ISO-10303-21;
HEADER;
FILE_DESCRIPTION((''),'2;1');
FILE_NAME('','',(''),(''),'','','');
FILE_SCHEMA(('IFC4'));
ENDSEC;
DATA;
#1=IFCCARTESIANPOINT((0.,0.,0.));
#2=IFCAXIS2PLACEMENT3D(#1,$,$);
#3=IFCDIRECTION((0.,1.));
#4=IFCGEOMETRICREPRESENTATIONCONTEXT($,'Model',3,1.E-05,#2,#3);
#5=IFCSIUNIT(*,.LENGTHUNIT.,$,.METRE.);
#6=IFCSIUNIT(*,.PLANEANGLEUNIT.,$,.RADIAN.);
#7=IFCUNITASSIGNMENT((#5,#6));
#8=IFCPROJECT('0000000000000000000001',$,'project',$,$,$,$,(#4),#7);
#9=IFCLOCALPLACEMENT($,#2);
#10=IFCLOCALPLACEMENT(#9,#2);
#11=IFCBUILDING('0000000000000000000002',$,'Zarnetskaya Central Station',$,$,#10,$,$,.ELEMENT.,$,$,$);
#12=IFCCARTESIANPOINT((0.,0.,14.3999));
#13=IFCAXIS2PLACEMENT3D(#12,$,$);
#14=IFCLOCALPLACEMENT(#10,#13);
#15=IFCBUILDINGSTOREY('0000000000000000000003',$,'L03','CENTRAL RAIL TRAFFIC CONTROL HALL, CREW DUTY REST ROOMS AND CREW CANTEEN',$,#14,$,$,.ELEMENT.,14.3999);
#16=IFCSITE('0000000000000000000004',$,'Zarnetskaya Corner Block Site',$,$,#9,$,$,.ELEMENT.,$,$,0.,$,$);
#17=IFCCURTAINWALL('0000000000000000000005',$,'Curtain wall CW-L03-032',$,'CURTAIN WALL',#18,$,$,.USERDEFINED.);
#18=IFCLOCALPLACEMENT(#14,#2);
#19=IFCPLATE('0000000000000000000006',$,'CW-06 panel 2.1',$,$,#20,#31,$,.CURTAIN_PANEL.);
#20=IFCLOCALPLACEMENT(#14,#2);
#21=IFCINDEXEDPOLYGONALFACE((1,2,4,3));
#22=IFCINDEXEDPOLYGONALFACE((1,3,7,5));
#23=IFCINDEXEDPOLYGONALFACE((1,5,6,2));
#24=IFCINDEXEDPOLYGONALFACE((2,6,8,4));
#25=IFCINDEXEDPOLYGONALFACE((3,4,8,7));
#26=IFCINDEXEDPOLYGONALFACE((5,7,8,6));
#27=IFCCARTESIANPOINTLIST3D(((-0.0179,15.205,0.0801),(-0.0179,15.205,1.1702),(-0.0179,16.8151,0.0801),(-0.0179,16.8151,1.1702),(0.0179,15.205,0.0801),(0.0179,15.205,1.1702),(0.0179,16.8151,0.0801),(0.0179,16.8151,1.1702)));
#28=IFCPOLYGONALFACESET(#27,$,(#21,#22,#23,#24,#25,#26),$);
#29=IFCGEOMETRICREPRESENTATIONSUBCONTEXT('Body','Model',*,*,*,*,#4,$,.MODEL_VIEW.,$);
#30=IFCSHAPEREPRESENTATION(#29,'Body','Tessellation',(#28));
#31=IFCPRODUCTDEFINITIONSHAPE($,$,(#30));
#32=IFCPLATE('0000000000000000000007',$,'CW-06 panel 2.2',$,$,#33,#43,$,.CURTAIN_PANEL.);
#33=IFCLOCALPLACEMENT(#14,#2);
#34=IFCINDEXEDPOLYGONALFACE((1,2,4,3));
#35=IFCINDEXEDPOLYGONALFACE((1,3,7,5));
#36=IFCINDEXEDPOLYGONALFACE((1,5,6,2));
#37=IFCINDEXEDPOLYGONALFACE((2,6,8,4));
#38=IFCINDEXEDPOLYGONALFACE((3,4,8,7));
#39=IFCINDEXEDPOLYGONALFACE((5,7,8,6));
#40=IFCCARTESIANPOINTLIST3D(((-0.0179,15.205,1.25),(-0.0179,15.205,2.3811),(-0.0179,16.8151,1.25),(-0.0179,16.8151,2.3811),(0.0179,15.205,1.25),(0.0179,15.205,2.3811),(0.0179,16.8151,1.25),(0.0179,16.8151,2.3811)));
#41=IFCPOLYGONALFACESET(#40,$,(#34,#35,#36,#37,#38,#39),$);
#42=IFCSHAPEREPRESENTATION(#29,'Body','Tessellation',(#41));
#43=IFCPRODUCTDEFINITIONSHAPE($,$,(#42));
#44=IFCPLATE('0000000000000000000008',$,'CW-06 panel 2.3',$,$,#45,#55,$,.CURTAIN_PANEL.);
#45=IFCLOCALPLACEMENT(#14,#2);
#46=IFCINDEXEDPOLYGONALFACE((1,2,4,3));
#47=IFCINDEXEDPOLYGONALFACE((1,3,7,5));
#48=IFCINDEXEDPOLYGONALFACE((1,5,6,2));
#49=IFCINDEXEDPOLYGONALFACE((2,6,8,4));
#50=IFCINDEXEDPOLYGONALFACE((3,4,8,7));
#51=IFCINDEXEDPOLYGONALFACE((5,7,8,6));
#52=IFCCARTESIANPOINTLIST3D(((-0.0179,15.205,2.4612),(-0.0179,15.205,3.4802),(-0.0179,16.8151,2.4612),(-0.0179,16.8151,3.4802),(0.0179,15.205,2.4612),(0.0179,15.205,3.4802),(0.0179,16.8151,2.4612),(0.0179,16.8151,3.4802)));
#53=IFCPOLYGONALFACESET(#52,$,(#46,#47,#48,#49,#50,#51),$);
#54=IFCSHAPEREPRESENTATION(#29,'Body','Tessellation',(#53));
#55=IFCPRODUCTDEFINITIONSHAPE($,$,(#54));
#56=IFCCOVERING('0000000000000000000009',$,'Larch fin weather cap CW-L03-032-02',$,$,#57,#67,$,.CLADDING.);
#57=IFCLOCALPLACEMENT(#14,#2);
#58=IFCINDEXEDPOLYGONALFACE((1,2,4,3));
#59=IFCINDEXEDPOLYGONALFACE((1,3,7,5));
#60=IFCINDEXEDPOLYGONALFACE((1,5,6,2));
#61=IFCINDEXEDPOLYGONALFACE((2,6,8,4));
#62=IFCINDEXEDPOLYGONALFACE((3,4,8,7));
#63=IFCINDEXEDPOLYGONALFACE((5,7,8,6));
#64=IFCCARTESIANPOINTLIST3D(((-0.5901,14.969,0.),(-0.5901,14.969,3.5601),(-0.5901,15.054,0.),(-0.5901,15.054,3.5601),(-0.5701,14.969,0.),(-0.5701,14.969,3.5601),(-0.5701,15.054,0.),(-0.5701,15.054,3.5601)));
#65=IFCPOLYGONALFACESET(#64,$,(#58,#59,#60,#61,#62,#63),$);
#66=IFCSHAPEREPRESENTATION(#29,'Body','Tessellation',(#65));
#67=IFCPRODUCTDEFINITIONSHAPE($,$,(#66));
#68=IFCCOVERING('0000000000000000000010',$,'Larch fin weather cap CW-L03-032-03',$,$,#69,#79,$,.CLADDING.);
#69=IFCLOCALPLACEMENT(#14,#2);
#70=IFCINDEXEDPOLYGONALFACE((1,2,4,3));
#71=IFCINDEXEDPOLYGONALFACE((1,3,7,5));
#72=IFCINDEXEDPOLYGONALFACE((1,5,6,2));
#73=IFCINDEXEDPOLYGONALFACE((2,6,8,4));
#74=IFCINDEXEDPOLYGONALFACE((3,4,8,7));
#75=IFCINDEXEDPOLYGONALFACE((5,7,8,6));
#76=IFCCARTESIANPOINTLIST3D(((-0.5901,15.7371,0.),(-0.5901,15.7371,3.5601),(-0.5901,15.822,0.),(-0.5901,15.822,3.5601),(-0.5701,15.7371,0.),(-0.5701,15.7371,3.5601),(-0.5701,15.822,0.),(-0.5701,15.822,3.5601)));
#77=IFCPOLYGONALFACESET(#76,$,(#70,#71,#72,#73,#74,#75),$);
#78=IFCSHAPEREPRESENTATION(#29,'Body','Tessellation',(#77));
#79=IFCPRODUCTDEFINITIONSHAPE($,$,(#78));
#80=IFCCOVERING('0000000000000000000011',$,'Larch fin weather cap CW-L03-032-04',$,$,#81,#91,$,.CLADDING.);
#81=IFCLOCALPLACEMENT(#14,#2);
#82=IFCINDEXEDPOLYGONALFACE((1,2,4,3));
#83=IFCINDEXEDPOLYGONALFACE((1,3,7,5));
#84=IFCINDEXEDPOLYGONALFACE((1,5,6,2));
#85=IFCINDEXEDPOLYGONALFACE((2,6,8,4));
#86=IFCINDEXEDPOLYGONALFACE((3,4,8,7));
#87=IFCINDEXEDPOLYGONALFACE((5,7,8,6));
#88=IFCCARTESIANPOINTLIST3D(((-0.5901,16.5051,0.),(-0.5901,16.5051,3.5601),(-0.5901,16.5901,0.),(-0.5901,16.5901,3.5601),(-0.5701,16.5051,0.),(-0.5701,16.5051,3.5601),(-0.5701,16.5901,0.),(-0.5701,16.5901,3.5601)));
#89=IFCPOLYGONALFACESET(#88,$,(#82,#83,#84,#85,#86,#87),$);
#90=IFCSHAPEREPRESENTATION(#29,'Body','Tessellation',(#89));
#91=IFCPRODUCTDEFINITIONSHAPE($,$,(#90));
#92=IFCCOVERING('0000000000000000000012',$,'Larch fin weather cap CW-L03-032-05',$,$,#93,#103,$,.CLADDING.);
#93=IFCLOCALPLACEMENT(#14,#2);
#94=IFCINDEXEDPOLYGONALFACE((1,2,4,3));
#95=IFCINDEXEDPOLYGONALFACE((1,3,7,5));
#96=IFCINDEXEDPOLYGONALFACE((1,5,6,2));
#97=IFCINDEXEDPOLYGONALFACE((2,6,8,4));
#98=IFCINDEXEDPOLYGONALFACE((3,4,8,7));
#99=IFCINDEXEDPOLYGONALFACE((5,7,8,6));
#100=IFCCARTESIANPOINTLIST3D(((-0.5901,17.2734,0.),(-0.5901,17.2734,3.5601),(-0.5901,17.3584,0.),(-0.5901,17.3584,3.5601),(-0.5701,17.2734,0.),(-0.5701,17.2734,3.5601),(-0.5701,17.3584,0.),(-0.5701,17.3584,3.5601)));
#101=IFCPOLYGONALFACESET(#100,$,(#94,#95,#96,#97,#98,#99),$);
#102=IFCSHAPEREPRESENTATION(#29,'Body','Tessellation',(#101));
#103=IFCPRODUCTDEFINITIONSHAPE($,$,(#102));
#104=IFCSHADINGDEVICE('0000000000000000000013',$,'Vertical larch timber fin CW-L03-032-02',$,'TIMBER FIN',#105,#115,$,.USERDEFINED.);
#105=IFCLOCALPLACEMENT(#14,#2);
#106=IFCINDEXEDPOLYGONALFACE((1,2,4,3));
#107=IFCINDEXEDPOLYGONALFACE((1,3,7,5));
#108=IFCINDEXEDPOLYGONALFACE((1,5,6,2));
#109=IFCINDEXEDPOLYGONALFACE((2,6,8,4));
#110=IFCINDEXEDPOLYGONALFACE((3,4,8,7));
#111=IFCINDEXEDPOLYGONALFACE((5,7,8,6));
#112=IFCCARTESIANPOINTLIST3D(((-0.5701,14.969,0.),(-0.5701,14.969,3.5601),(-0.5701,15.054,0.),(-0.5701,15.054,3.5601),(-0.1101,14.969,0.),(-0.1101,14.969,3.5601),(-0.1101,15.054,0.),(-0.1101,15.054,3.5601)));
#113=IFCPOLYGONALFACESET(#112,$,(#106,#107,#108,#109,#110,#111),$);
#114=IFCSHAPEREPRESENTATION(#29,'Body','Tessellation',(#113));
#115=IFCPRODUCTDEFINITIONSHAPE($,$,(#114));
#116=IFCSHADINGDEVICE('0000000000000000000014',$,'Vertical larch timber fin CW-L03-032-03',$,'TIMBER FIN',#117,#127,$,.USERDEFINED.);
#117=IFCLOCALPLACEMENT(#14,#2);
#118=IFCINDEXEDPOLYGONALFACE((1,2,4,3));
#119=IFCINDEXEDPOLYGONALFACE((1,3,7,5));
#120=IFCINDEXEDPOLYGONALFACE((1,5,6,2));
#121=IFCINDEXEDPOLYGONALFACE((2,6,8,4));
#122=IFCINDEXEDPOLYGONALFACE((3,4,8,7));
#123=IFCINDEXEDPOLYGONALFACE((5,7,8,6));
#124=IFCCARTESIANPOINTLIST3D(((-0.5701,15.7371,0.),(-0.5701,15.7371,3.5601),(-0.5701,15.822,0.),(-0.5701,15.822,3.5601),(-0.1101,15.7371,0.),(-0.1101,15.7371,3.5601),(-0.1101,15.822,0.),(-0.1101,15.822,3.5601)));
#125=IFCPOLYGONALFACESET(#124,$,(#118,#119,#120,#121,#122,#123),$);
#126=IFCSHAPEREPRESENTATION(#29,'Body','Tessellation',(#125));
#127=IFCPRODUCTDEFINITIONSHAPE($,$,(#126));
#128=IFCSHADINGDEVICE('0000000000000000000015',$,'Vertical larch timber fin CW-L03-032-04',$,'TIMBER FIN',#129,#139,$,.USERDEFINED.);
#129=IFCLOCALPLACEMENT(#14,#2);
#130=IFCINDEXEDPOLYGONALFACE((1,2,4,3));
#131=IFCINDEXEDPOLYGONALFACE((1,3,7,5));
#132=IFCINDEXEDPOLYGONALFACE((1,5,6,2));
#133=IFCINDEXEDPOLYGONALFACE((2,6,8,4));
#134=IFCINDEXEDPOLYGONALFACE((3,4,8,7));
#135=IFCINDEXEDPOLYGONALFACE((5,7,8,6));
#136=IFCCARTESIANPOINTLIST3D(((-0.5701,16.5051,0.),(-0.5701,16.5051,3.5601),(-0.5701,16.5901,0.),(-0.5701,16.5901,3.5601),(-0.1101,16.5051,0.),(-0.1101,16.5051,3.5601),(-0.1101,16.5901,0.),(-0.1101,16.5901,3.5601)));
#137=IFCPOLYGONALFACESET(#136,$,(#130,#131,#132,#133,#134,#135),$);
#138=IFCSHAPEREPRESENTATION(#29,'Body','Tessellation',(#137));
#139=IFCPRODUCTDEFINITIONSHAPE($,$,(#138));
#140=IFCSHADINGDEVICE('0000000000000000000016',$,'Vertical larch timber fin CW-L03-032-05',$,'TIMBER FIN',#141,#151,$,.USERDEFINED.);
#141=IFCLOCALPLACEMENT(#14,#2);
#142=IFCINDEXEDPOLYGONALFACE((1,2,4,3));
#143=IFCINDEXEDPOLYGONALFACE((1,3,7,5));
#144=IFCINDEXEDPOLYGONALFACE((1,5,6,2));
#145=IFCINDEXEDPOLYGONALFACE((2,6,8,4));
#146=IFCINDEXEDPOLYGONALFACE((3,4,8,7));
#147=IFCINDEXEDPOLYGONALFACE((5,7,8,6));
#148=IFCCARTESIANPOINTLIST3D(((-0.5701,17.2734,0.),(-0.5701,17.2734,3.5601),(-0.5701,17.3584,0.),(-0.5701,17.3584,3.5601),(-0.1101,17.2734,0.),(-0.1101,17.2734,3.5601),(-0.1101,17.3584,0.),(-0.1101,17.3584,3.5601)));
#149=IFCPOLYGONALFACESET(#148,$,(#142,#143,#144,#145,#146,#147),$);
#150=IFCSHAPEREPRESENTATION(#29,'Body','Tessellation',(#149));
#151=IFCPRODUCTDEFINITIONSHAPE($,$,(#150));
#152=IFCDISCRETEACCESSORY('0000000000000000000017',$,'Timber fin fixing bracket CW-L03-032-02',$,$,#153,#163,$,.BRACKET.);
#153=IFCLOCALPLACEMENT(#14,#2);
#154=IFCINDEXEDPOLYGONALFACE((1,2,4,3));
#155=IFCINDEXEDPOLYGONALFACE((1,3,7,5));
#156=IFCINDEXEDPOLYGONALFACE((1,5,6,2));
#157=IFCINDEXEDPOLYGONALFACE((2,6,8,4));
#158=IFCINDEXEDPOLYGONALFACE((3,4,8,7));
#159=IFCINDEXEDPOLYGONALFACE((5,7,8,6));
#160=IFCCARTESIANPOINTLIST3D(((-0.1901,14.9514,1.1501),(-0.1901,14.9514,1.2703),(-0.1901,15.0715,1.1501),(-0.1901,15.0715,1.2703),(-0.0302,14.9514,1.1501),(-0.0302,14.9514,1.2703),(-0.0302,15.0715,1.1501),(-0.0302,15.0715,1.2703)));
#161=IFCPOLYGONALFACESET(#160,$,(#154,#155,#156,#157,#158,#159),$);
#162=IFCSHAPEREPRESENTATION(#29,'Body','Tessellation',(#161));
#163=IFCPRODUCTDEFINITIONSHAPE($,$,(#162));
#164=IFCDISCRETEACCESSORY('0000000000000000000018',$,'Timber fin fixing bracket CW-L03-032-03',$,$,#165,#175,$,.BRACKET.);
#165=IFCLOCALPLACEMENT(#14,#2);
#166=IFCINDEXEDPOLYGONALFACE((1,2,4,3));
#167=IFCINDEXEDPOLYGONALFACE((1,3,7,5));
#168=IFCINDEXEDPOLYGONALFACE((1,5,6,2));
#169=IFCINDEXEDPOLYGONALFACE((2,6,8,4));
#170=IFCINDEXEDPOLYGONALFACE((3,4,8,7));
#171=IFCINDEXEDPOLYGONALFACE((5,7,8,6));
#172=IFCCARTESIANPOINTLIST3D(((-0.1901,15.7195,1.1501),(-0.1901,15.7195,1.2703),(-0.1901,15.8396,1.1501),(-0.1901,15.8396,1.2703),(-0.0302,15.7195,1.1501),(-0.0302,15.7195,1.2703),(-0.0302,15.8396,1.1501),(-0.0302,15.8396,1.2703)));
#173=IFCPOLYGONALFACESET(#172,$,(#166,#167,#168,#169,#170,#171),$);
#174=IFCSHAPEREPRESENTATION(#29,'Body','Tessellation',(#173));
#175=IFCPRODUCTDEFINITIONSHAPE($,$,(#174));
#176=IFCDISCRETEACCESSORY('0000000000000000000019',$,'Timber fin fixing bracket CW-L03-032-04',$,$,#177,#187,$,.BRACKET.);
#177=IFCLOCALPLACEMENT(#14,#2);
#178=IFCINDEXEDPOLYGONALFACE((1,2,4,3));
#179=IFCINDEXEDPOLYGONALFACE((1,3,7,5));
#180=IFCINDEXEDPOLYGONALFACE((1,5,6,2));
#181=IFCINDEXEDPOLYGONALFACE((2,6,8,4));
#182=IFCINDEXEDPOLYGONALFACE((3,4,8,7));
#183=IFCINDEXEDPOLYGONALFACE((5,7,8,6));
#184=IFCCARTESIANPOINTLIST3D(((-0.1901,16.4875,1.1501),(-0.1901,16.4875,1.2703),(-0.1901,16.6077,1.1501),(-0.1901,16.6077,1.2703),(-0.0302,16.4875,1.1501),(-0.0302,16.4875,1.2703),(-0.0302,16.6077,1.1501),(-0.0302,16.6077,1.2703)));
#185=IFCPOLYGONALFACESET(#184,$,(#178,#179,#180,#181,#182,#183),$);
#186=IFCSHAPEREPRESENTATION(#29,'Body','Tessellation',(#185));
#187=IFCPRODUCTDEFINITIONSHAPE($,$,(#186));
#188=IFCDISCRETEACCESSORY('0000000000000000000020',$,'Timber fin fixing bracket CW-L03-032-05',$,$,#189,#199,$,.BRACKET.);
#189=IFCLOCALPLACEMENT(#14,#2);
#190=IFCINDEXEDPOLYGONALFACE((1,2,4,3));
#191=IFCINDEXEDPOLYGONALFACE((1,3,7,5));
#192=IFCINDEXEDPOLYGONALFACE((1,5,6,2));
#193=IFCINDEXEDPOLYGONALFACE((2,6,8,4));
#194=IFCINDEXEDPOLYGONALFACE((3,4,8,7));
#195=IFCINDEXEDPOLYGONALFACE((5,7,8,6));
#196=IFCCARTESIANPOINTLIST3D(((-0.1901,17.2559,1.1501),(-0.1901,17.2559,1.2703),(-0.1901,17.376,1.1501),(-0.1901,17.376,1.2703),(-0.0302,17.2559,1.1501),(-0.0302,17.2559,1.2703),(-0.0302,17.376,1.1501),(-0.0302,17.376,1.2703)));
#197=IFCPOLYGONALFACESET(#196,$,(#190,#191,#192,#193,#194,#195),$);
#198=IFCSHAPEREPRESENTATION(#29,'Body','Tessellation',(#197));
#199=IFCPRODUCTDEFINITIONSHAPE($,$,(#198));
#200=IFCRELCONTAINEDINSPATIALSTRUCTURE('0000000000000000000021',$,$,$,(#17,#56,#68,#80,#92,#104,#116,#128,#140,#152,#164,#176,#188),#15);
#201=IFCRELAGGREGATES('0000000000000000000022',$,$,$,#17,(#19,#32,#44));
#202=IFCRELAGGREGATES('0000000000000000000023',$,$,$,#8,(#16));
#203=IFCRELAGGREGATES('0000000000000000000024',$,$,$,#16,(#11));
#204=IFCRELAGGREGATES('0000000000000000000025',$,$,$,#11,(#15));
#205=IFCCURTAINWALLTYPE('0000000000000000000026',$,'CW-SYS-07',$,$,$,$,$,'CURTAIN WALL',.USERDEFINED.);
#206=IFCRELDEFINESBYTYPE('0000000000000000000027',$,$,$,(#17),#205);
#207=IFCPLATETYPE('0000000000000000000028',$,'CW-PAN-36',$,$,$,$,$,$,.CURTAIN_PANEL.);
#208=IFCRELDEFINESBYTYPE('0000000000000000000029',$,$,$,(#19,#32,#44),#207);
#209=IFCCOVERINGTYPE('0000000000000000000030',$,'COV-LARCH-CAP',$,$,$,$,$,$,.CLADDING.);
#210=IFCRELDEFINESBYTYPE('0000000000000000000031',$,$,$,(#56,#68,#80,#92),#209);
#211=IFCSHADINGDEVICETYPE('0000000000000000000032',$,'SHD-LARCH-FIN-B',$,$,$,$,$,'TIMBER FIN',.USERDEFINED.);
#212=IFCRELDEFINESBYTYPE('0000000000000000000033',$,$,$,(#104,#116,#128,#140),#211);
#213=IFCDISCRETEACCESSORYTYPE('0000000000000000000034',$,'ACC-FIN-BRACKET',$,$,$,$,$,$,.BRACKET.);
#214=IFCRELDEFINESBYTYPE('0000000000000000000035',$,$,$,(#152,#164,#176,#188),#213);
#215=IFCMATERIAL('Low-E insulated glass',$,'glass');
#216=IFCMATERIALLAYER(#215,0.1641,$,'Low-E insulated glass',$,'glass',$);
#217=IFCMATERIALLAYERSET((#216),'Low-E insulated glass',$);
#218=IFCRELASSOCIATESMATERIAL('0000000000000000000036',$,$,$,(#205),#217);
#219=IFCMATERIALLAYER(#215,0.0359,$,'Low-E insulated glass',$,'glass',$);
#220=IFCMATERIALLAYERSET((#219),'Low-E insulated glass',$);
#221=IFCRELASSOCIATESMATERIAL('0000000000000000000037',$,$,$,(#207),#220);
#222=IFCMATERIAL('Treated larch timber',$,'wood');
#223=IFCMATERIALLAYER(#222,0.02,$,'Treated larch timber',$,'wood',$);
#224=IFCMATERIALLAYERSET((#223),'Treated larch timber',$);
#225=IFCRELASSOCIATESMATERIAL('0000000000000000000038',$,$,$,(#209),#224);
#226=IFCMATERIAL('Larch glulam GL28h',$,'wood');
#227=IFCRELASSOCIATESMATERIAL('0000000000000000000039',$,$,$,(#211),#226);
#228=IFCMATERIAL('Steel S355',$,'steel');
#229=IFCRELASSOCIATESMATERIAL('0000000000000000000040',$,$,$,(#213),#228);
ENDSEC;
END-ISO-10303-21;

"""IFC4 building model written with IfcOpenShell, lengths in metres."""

from ifc_helpers import new_model, si_unit, direction, frame, origin, origin_2d, place, context, subcontext, project, spatial, rectangle, extrude, material, layer, layer_set, type_object, element, aggregate, save


model = new_model("IFC4")

# Units and contexts
model_context = context("Model", 3, precision=1e-05, world=origin(), true_north=direction((0.0, 1.0)))
body_context = subcontext(model_context, "Body", "Model", "MODEL_VIEW")
ifc_project = project(units=[si_unit("LENGTHUNIT", "METRE"), si_unit("PLANEANGLEUNIT", "RADIAN")], contexts=[model_context])

# Site, building, storey
site_placement = place(None, origin())
site = spatial("IfcSite", under=ifc_project, at=site_placement, Name="Zarnetskaya Corner Block Site", CompositionType="ELEMENT", RefElevation=0.0)
building_placement = place(site_placement, origin())
building = spatial("IfcBuilding", under=site, at=building_placement, Name="Zarnetskaya Central Station", CompositionType="ELEMENT")
storey_placement = place(building_placement, frame((0.0, 0.0, 14.3999)))
storey = spatial("IfcBuildingStorey", under=building, at=storey_placement, Name="L03", Description="CENTRAL RAIL TRAFFIC CONTROL HALL, CREW DUTY REST ROOMS AND CREW CANTEEN", CompositionType="ELEMENT", Elevation=14.3999)

# Shared definitions
ifc_material_1 = material(Name="Steel S355", Category="steel")

# Curtain wall, plates
ifc_material_2 = material(Name="Low-E insulated glass", Category="glass")
ifc_layer_1 = layer(ifc_material_2, 0.1641, Name="Low-E insulated glass", Category="glass")
ifc_layer_set_1 = layer_set([ifc_layer_1], Name="Low-E insulated glass")
curtain_wall_type = type_object("IfcCurtainWallType", Name="CW-SYS-07", ElementType="CURTAIN WALL", PredefinedType="USERDEFINED", material=ifc_layer_set_1)
curtain_wall_placement = place(storey_placement, origin())
curtain_wall = element("IfcCurtainWall", 1, at=curtain_wall_placement, inside=storey, type_object=curtain_wall_type, Name="Curtain wall CW-L03-032", ObjectType="CURTAIN WALL", PredefinedType="USERDEFINED")
ifc_layer_2 = layer(ifc_material_2, 0.0359, Name="Low-E insulated glass", Category="glass")
ifc_layer_set_2 = layer_set([ifc_layer_2], Name="Low-E insulated glass")
plate_type = type_object("IfcPlateType", Name="CW-PAN-36", PredefinedType="CURTAIN_PANEL", material=ifc_layer_set_2)
plate_1_placement = place(storey_placement, frame((0.0, 16.01, 0.0801), z_axis=(0.0, 0.0, 1.0), x_axis=(0.0, 1.0, 0.0)))
plate_1 = element("IfcPlate", 2, at=plate_1_placement, type_object=plate_type, Name="CW-06 panel 2.1", PredefinedType="CURTAIN_PANEL", context=body_context, shape_type="SweptSolid", body=[
    extrude(rectangle(XDim=1.6101, YDim=0.0359, at=origin_2d()), origin(), (0.0, 0.0, 1.0), 1.0901),
])
plate_2_placement = place(storey_placement, frame((0.0, 16.01, 1.25), z_axis=(0.0, 0.0, 1.0), x_axis=(0.0, 1.0, 0.0)))
plate_2 = element("IfcPlate", 3, at=plate_2_placement, type_object=plate_type, Name="CW-06 panel 2.2", PredefinedType="CURTAIN_PANEL", context=body_context, shape_type="SweptSolid", body=[
    extrude(rectangle(XDim=1.6101, YDim=0.0359, at=origin_2d()), origin(), (0.0, 0.0, 1.0), 1.1311),
])
plate_3_placement = place(storey_placement, frame((0.0, 16.01, 2.4612), z_axis=(0.0, 0.0, 1.0), x_axis=(0.0, 1.0, 0.0)))
plate_3 = element("IfcPlate", 4, at=plate_3_placement, type_object=plate_type, Name="CW-06 panel 2.3", PredefinedType="CURTAIN_PANEL", context=body_context, shape_type="SweptSolid", body=[
    extrude(rectangle(XDim=1.6101, YDim=0.0359, at=origin_2d()), origin(), (0.0, 0.0, 1.0), 1.019),
])
aggregate(curtain_wall, [plate_1, plate_2, plate_3])

# Coverings
ifc_material_3 = material(Name="Treated larch timber", Category="wood")
ifc_layer_3 = layer(ifc_material_3, 0.02, Name="Treated larch timber", Category="wood")
ifc_layer_set_3 = layer_set([ifc_layer_3], Name="Treated larch timber")
covering_type = type_object("IfcCoveringType", Name="COV-LARCH-CAP", PredefinedType="CLADDING", material=ifc_layer_set_3)
for number, where, z_axis, x_axis, name in (
    (5, (-0.5801, 15.0115, 0.0), (0.0, 0.0, 1.0), (0.0, 1.0, 0.0), "Larch fin weather cap CW-L03-032-02"),
    (6, (-0.5801, 15.7795, 0.0), (0.0, 0.0, 1.0), (0.0, 1.0, 0.0), "Larch fin weather cap CW-L03-032-03"),
    (7, (-0.5801, 16.5476, 0.0), (0.0, 0.0, 1.0), (0.0, 1.0, 0.0), "Larch fin weather cap CW-L03-032-04"),
    (8, (-0.5801, 17.3159, 0.0), (0.0, 0.0, 1.0), (0.0, 1.0, 0.0), "Larch fin weather cap CW-L03-032-05"),
):
    element("IfcCovering", number, at=place(storey_placement, frame(where, z_axis=z_axis, x_axis=x_axis)), inside=storey, type_object=covering_type, Name=name, PredefinedType="CLADDING", context=body_context, shape_type="SweptSolid", body=[
        extrude(rectangle(XDim=0.085, YDim=0.02, at=origin_2d()), origin(), (0.0, 0.0, 1.0), 3.5601),
    ])

# Shading devices
ifc_material_4 = material(Name="Larch glulam GL28h", Category="wood")
shading_device_type = type_object("IfcShadingDeviceType", Name="SHD-LARCH-FIN-B", ElementType="TIMBER FIN", PredefinedType="USERDEFINED", material=ifc_material_4)
for number, where, z_axis, x_axis, name in (
    (9, (-0.3401, 15.0115, 0.0), (0.0, 0.0, 1.0), (0.0, 1.0, 0.0), "Vertical larch timber fin CW-L03-032-02"),
    (10, (-0.3401, 15.7795, 0.0), (0.0, 0.0, 1.0), (0.0, 1.0, 0.0), "Vertical larch timber fin CW-L03-032-03"),
    (11, (-0.3401, 16.5476, 0.0), (0.0, 0.0, 1.0), (0.0, 1.0, 0.0), "Vertical larch timber fin CW-L03-032-04"),
    (12, (-0.3401, 17.3159, 0.0), (0.0, 0.0, 1.0), (0.0, 1.0, 0.0), "Vertical larch timber fin CW-L03-032-05"),
):
    element("IfcShadingDevice", number, at=place(storey_placement, frame(where, z_axis=z_axis, x_axis=x_axis)), inside=storey, type_object=shading_device_type, Name=name, ObjectType="TIMBER FIN", PredefinedType="USERDEFINED", context=body_context, shape_type="SweptSolid", body=[
        extrude(rectangle(XDim=0.085, YDim=0.46, at=origin_2d()), origin(), (0.0, 0.0, 1.0), 3.5601),
    ])

# Discrete accessories
discrete_accessory_type = type_object("IfcDiscreteAccessoryType", Name="ACC-FIN-BRACKET", PredefinedType="BRACKET", material=ifc_material_1)
for number, where, z_axis, x_axis, name in (
    (13, (-0.1101, 15.0115, 1.1501), (0.0, 0.0, 1.0), (0.0, 1.0, 0.0), "Timber fin fixing bracket CW-L03-032-02"),
    (14, (-0.1101, 15.7795, 1.1501), (0.0, 0.0, 1.0), (0.0, 1.0, 0.0), "Timber fin fixing bracket CW-L03-032-03"),
    (15, (-0.1101, 16.5476, 1.1501), (0.0, 0.0, 1.0), (0.0, 1.0, 0.0), "Timber fin fixing bracket CW-L03-032-04"),
    (16, (-0.1101, 17.3159, 1.1501), (0.0, 0.0, 1.0), (0.0, 1.0, 0.0), "Timber fin fixing bracket CW-L03-032-05"),
):
    element("IfcDiscreteAccessory", number, at=place(storey_placement, frame(where, z_axis=z_axis, x_axis=x_axis)), inside=storey, type_object=discrete_accessory_type, Name=name, PredefinedType="BRACKET", context=body_context, shape_type="SweptSolid", body=[
        extrude(rectangle(XDim=0.1201, YDim=0.1599, at=origin_2d()), origin(), (0.0, 0.0, 1.0), 0.1201),
    ])

save(model, "model.ifc")
